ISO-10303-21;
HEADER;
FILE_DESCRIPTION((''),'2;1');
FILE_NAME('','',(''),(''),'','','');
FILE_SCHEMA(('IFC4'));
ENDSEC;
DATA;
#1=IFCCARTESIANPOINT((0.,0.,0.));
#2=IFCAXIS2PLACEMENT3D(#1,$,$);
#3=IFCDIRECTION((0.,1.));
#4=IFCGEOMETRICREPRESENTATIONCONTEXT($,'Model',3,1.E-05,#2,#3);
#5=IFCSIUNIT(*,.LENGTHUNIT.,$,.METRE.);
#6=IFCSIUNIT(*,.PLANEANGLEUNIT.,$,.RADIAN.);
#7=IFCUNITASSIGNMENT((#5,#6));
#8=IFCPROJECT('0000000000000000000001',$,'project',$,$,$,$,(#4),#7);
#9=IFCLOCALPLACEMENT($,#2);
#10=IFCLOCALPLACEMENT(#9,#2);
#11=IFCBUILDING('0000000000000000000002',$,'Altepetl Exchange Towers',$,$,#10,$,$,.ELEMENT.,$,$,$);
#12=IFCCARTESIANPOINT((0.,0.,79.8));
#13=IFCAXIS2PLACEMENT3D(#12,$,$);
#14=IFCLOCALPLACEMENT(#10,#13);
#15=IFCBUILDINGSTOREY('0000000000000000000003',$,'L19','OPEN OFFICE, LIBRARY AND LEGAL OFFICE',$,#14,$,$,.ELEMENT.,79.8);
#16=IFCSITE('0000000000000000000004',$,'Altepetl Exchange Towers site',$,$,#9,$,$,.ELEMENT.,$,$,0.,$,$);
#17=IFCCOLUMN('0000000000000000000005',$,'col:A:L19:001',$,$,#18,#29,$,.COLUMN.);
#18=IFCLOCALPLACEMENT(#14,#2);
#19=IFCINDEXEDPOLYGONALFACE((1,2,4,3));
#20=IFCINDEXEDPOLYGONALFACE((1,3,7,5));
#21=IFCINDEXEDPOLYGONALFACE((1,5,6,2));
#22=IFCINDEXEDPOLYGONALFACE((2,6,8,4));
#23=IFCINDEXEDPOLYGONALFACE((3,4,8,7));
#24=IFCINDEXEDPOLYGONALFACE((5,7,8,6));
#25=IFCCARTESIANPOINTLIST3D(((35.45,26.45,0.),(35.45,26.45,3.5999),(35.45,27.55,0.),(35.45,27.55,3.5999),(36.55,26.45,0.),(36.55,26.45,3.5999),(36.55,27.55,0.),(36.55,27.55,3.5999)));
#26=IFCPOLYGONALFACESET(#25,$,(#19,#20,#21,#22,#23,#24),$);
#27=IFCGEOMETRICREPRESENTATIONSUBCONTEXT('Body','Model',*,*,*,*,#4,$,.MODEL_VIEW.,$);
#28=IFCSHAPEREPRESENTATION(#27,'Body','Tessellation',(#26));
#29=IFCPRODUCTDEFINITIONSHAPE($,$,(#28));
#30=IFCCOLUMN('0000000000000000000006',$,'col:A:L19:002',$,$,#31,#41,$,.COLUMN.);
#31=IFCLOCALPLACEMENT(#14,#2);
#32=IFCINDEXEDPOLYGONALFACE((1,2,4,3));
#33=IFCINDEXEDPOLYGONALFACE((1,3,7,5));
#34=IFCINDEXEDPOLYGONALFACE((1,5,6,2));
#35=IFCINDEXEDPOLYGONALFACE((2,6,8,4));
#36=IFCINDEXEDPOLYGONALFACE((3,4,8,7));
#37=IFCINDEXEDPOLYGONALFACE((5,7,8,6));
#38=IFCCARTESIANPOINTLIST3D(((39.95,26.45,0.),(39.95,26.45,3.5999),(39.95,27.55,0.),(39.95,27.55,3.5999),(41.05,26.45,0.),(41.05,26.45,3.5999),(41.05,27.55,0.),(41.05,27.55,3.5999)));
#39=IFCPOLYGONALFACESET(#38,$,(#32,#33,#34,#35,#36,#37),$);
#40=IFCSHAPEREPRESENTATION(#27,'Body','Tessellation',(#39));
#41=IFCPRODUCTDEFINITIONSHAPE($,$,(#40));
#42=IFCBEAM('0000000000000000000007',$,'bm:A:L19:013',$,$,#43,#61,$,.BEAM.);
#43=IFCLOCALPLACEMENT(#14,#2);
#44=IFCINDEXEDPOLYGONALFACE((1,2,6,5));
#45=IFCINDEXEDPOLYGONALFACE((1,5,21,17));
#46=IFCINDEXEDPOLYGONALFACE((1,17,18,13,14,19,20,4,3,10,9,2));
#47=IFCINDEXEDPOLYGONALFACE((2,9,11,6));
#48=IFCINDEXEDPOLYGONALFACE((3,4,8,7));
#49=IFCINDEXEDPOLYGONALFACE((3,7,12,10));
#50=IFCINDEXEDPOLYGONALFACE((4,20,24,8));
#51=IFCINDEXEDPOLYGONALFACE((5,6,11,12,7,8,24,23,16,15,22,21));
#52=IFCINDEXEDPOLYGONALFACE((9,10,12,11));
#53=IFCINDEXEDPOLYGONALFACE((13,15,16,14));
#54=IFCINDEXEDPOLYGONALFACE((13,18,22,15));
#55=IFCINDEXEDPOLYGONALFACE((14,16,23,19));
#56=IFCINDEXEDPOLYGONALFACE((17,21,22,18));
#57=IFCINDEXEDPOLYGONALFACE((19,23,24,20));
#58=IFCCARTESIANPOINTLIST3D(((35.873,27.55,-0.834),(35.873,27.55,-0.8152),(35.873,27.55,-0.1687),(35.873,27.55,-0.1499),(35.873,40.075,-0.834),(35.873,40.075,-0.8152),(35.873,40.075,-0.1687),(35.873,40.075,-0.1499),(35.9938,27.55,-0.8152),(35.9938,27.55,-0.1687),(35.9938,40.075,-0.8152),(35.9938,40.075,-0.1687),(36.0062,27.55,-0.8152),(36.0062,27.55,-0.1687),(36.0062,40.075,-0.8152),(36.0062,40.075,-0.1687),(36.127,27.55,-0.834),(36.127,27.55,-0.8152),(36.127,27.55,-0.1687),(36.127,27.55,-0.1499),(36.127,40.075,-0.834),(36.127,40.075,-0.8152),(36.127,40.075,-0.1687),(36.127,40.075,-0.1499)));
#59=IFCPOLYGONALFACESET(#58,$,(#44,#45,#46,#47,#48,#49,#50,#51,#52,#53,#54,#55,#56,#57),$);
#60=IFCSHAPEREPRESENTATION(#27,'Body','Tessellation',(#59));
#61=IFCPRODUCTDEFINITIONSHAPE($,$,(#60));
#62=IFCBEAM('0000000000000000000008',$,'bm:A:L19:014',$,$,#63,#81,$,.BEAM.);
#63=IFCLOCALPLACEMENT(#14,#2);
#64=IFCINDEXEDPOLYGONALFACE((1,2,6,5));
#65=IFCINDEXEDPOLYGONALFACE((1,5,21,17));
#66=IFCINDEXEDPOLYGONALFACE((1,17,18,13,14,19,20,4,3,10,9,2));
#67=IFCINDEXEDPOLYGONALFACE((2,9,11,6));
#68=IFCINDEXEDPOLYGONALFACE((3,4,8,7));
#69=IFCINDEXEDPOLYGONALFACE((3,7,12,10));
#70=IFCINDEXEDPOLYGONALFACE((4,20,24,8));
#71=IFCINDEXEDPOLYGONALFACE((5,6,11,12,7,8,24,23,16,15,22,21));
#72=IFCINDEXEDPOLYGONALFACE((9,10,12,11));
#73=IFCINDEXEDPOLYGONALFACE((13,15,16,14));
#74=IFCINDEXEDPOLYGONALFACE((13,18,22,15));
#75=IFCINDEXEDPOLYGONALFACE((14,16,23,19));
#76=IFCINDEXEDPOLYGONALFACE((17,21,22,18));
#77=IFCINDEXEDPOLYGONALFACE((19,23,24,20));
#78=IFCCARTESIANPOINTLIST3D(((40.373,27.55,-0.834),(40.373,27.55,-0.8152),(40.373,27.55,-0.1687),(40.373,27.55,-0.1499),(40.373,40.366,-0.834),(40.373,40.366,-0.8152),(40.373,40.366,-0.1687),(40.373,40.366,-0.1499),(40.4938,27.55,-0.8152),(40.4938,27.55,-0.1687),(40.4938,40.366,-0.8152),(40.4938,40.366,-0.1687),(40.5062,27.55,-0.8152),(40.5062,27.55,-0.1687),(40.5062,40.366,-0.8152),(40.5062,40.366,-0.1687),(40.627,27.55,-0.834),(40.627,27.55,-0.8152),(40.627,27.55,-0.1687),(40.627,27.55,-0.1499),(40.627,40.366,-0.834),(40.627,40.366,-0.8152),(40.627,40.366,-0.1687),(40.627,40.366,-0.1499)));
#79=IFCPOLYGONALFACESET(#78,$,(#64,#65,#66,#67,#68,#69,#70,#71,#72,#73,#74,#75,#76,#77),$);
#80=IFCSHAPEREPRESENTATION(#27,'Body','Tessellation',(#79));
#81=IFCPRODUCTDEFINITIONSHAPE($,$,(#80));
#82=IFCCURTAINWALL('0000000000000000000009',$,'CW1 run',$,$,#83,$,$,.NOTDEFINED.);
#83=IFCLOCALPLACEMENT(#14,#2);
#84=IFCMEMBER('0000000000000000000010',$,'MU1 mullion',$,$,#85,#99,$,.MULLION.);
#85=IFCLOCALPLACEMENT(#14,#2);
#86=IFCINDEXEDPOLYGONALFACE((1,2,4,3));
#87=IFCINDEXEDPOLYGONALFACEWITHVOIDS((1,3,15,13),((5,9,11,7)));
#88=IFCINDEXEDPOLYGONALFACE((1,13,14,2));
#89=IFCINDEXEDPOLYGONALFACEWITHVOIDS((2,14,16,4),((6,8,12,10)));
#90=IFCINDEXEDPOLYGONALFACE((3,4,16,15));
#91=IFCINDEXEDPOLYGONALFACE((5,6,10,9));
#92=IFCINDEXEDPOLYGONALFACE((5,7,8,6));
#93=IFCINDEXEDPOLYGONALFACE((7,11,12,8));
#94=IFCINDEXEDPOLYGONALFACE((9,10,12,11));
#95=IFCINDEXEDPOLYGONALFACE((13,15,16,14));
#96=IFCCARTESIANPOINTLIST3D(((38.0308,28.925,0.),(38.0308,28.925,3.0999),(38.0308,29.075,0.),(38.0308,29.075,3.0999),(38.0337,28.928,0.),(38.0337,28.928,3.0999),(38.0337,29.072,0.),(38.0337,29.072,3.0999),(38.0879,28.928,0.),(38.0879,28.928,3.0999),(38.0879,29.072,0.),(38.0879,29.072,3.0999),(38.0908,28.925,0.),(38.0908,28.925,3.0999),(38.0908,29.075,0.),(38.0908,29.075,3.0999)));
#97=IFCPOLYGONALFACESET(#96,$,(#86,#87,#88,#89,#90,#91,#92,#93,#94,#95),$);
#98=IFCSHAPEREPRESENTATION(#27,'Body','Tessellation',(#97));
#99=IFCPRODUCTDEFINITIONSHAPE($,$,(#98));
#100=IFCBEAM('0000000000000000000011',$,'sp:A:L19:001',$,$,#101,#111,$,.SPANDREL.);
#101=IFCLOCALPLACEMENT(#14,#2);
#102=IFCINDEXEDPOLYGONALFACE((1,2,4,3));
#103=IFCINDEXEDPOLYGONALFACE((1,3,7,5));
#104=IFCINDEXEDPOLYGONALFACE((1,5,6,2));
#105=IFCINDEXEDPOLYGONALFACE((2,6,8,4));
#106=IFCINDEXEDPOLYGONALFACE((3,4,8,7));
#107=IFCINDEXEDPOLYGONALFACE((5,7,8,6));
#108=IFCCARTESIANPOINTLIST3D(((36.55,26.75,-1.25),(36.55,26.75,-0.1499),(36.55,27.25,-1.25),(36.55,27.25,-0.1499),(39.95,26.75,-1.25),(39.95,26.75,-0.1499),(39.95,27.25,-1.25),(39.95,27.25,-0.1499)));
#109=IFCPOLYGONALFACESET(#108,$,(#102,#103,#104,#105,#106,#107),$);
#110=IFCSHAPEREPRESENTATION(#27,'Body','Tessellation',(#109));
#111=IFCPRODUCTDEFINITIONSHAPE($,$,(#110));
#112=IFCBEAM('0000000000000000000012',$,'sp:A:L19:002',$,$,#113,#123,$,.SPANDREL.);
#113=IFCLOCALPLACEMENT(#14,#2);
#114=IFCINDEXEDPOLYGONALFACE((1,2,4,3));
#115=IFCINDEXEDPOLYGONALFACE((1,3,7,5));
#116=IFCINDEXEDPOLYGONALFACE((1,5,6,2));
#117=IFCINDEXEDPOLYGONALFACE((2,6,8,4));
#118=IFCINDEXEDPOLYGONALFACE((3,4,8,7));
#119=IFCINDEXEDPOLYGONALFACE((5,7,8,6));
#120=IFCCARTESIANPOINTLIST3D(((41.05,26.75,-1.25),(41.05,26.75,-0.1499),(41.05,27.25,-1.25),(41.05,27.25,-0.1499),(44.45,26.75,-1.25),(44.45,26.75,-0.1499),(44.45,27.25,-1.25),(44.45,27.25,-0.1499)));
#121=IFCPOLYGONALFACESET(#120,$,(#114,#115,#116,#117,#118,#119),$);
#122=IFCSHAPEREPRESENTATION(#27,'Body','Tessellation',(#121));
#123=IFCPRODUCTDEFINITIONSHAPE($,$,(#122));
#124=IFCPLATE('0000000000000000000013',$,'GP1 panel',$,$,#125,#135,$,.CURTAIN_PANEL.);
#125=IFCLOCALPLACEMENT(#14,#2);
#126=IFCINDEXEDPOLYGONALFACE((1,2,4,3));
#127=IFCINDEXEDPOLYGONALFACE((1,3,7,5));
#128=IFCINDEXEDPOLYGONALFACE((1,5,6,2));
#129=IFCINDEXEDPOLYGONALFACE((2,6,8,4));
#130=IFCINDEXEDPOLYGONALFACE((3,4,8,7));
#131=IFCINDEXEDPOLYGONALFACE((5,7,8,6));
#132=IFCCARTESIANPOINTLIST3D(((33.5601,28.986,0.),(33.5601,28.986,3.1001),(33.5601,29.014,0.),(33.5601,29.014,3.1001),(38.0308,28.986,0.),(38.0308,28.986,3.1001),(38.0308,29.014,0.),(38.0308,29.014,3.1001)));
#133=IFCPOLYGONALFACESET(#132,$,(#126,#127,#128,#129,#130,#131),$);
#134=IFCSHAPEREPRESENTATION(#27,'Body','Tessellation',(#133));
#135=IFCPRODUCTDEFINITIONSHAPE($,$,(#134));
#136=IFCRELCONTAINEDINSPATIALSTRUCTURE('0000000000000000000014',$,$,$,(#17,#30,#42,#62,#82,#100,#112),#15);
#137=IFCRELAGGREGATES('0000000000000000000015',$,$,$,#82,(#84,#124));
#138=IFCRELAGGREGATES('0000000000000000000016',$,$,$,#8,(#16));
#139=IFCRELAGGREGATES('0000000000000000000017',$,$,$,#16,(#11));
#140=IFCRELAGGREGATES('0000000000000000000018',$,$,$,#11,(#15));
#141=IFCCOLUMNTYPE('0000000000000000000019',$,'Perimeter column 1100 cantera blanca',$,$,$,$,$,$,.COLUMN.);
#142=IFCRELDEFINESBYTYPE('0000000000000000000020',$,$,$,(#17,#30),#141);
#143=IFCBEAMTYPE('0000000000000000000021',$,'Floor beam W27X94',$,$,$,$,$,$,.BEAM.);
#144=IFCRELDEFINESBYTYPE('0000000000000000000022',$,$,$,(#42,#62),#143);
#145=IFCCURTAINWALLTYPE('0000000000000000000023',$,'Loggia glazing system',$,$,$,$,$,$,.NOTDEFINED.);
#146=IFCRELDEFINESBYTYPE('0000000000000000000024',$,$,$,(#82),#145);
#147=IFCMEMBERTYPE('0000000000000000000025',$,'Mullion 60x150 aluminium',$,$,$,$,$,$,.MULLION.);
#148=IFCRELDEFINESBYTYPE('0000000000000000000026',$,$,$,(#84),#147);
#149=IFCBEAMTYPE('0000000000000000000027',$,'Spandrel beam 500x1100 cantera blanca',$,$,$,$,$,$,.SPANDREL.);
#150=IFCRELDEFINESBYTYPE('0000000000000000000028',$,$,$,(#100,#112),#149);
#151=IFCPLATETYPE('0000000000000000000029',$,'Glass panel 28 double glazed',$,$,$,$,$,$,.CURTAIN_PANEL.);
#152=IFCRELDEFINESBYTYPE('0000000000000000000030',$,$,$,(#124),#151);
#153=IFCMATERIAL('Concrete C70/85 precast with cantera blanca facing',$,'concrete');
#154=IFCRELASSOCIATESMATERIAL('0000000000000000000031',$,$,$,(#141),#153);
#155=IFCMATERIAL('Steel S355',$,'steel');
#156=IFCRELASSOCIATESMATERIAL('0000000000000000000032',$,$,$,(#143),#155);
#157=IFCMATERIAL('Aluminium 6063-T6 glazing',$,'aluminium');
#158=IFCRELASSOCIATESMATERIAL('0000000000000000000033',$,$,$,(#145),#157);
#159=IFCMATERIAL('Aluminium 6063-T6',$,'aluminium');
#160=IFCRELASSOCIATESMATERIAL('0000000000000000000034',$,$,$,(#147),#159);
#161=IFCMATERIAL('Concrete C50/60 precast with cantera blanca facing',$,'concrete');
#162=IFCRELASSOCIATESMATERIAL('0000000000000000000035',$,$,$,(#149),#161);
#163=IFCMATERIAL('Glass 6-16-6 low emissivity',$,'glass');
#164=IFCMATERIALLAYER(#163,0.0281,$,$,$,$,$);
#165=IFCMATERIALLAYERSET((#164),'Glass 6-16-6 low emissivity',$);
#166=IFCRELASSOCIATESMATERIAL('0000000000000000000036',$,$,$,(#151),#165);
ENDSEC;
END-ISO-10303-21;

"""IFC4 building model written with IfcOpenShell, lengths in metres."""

from ifc_helpers import new_model, si_unit, direction, frame, origin, origin_2d, place, context, subcontext, project, spatial, rectangle, hollow_rectangle, i_section, extrude, material, layer, layer_set, material_profile, profile_set, type_object, element, aggregate, save


model = new_model("IFC4")

# Units and contexts
model_context = context("Model", 3, precision=1e-05, world=origin(), true_north=direction((0.0, 1.0)))
body_context = subcontext(model_context, "Body", "Model", "MODEL_VIEW")
ifc_project = project(units=[si_unit("LENGTHUNIT", "METRE"), si_unit("PLANEANGLEUNIT", "RADIAN")], contexts=[model_context])

# Site, building, storey
site_placement = place(None, origin())
site = spatial("IfcSite", under=ifc_project, at=site_placement, Name="Altepetl Exchange Towers site", CompositionType="ELEMENT", RefElevation=0.0)
building_placement = place(site_placement, origin())
building = spatial("IfcBuilding", under=site, at=building_placement, Name="Altepetl Exchange Towers", CompositionType="ELEMENT")
storey_placement = place(building_placement, frame((0.0, 0.0, 79.8)))
storey = spatial("IfcBuildingStorey", under=building, at=storey_placement, Name="L19", Description="OPEN OFFICE, LIBRARY AND LEGAL OFFICE", CompositionType="ELEMENT", Elevation=79.8)

# Columns
ifc_material_1 = material(Name="Concrete C70/85 precast with cantera blanca facing", Category="concrete")
ifc_material_profile_1 = material_profile(ifc_material_1, rectangle(XDim=1.1001, YDim=1.1001, at=origin_2d()), Name="1100 x 1100")
ifc_profile_set_1 = profile_set([ifc_material_profile_1], Name="Concrete C70/85 precast with cantera blanca facing")
column_type = type_object("IfcColumnType", Name="Perimeter column 1100 cantera blanca", PredefinedType="COLUMN", material=ifc_profile_set_1)
for number, where, name in (
    (1, (36.0, 27.0, 0.0), "col:A:L19:001"),
    (2, (40.5, 27.0, 0.0), "col:A:L19:002"),
):
    element("IfcColumn", number, at=place(storey_placement, frame(where)), inside=storey, type_object=column_type, Name=name, PredefinedType="COLUMN", context=body_context, shape_type="SweptSolid", body=[
        extrude(rectangle(XDim=1.1001, YDim=1.1001, at=origin_2d()), origin(), (0.0, 0.0, 1.0), 3.5999),
    ])

# Beams
ifc_material_2 = material(Name="Steel S355", Category="steel")
ifc_material_profile_2 = material_profile(ifc_material_2, i_section(OverallWidth=0.2539, OverallDepth=0.6841, WebThickness=0.0125, FlangeThickness=0.0188, at=origin_2d()), Name="W27X94")
ifc_profile_set_2 = profile_set([ifc_material_profile_2], Name="Steel S355")
beam_type_1 = type_object("IfcBeamType", Name="Floor beam W27X94", PredefinedType="BEAM", material=ifc_profile_set_2)
beam_1_placement = place(storey_placement, frame((36.0, 27.55, -0.4919), z_axis=(0.0, 1.0, 0.0), x_axis=(-1.0, 0.0, 0.0)))
element("IfcBeam", 3, at=beam_1_placement, inside=storey, type_object=beam_type_1, Name="bm:A:L19:013", PredefinedType="BEAM", context=body_context, shape_type="SweptSolid", body=[
    extrude(i_section(OverallWidth=0.2539, OverallDepth=0.6841, WebThickness=0.0125, FlangeThickness=0.0188, at=origin_2d()), origin(), (0.0, 0.0, 1.0), 12.5249),
])
beam_2_placement = place(storey_placement, frame((40.5, 27.55, -0.4919), z_axis=(0.0, 1.0, 0.0), x_axis=(-1.0, 0.0, 0.0)))
element("IfcBeam", 4, at=beam_2_placement, inside=storey, type_object=beam_type_1, Name="bm:A:L19:014", PredefinedType="BEAM", context=body_context, shape_type="SweptSolid", body=[
    extrude(i_section(OverallWidth=0.2539, OverallDepth=0.6841, WebThickness=0.0125, FlangeThickness=0.0188, at=origin_2d()), origin(), (0.0, 0.0, 1.0), 12.8159),
])

# Curtain wall, member
ifc_material_3 = material(Name="Aluminium 6063-T6 glazing", Category="aluminium")
curtain_wall_type = type_object("IfcCurtainWallType", Name="Loggia glazing system", PredefinedType="NOTDEFINED", material=ifc_material_3)
curtain_wall_placement = place(storey_placement, origin())
curtain_wall = element("IfcCurtainWall", 5, at=curtain_wall_placement, inside=storey, type_object=curtain_wall_type, Name="CW1 run", PredefinedType="NOTDEFINED")
ifc_material_4 = material(Name="Aluminium 6063-T6", Category="aluminium")
ifc_material_profile_3 = material_profile(ifc_material_4, hollow_rectangle(XDim=0.0601, YDim=0.1499, WallThickness=0.0029, at=origin_2d()), Name="Mullion 60x150 aluminium")
ifc_profile_set_3 = profile_set([ifc_material_profile_3], Name="Aluminium 6063-T6")
member_type = type_object("IfcMemberType", Name="Mullion 60x150 aluminium", PredefinedType="MULLION", material=ifc_profile_set_3)
member_placement = place(storey_placement, frame((38.0608, 29.0, 0.0)))
member = element("IfcMember", 6, at=member_placement, type_object=member_type, Name="MU1 mullion", PredefinedType="MULLION", context=body_context, shape_type="SweptSolid", body=[
    extrude(hollow_rectangle(XDim=0.0601, YDim=0.1499, WallThickness=0.0029, at=origin_2d()), origin(), (0.0, 0.0, 1.0), 3.0999),
])

# Beams
ifc_material_5 = material(Name="Concrete C50/60 precast with cantera blanca facing", Category="concrete")
ifc_material_profile_4 = material_profile(ifc_material_5, rectangle(XDim=0.5, YDim=1.1001, at=origin_2d()), Name="500 x 1100")
ifc_profile_set_4 = profile_set([ifc_material_profile_4], Name="Concrete C50/60 precast with cantera blanca facing")
beam_type_2 = type_object("IfcBeamType", Name="Spandrel beam 500x1100 cantera blanca", PredefinedType="SPANDREL", material=ifc_profile_set_4)
for number, where, z_axis, x_axis, name in (
    (7, (36.55, 27.0, -0.7), (1.0, 0.0, 0.0), (0.0, 1.0, 0.0), "sp:A:L19:001"),
    (8, (41.05, 27.0, -0.7), (1.0, 0.0, 0.0), (0.0, 1.0, 0.0), "sp:A:L19:002"),
):
    element("IfcBeam", number, at=place(storey_placement, frame(where, z_axis=z_axis, x_axis=x_axis)), inside=storey, type_object=beam_type_2, Name=name, PredefinedType="SPANDREL", context=body_context, shape_type="SweptSolid", body=[
        extrude(rectangle(XDim=0.5, YDim=1.1001, at=origin_2d()), origin(), (0.0, 0.0, 1.0), 3.3999),
    ])

# Plate
ifc_material_6 = material(Name="Glass 6-16-6 low emissivity", Category="glass")
ifc_layer = layer(ifc_material_6, 0.0281)
ifc_layer_set = layer_set([ifc_layer], Name="Glass 6-16-6 low emissivity")
plate_type = type_object("IfcPlateType", Name="Glass panel 28 double glazed", PredefinedType="CURTAIN_PANEL", material=ifc_layer_set)
plate_placement = place(storey_placement, frame((35.7954, 29.0, 0.0)))
plate = element("IfcPlate", 9, at=plate_placement, type_object=plate_type, Name="GP1 panel", PredefinedType="CURTAIN_PANEL", context=body_context, shape_type="SweptSolid", body=[
    extrude(rectangle(XDim=4.4707, YDim=0.0281, at=origin_2d()), origin(), (0.0, 0.0, 1.0), 3.1001),
])
aggregate(curtain_wall, [member, plate])

save(model, "model.ifc")
